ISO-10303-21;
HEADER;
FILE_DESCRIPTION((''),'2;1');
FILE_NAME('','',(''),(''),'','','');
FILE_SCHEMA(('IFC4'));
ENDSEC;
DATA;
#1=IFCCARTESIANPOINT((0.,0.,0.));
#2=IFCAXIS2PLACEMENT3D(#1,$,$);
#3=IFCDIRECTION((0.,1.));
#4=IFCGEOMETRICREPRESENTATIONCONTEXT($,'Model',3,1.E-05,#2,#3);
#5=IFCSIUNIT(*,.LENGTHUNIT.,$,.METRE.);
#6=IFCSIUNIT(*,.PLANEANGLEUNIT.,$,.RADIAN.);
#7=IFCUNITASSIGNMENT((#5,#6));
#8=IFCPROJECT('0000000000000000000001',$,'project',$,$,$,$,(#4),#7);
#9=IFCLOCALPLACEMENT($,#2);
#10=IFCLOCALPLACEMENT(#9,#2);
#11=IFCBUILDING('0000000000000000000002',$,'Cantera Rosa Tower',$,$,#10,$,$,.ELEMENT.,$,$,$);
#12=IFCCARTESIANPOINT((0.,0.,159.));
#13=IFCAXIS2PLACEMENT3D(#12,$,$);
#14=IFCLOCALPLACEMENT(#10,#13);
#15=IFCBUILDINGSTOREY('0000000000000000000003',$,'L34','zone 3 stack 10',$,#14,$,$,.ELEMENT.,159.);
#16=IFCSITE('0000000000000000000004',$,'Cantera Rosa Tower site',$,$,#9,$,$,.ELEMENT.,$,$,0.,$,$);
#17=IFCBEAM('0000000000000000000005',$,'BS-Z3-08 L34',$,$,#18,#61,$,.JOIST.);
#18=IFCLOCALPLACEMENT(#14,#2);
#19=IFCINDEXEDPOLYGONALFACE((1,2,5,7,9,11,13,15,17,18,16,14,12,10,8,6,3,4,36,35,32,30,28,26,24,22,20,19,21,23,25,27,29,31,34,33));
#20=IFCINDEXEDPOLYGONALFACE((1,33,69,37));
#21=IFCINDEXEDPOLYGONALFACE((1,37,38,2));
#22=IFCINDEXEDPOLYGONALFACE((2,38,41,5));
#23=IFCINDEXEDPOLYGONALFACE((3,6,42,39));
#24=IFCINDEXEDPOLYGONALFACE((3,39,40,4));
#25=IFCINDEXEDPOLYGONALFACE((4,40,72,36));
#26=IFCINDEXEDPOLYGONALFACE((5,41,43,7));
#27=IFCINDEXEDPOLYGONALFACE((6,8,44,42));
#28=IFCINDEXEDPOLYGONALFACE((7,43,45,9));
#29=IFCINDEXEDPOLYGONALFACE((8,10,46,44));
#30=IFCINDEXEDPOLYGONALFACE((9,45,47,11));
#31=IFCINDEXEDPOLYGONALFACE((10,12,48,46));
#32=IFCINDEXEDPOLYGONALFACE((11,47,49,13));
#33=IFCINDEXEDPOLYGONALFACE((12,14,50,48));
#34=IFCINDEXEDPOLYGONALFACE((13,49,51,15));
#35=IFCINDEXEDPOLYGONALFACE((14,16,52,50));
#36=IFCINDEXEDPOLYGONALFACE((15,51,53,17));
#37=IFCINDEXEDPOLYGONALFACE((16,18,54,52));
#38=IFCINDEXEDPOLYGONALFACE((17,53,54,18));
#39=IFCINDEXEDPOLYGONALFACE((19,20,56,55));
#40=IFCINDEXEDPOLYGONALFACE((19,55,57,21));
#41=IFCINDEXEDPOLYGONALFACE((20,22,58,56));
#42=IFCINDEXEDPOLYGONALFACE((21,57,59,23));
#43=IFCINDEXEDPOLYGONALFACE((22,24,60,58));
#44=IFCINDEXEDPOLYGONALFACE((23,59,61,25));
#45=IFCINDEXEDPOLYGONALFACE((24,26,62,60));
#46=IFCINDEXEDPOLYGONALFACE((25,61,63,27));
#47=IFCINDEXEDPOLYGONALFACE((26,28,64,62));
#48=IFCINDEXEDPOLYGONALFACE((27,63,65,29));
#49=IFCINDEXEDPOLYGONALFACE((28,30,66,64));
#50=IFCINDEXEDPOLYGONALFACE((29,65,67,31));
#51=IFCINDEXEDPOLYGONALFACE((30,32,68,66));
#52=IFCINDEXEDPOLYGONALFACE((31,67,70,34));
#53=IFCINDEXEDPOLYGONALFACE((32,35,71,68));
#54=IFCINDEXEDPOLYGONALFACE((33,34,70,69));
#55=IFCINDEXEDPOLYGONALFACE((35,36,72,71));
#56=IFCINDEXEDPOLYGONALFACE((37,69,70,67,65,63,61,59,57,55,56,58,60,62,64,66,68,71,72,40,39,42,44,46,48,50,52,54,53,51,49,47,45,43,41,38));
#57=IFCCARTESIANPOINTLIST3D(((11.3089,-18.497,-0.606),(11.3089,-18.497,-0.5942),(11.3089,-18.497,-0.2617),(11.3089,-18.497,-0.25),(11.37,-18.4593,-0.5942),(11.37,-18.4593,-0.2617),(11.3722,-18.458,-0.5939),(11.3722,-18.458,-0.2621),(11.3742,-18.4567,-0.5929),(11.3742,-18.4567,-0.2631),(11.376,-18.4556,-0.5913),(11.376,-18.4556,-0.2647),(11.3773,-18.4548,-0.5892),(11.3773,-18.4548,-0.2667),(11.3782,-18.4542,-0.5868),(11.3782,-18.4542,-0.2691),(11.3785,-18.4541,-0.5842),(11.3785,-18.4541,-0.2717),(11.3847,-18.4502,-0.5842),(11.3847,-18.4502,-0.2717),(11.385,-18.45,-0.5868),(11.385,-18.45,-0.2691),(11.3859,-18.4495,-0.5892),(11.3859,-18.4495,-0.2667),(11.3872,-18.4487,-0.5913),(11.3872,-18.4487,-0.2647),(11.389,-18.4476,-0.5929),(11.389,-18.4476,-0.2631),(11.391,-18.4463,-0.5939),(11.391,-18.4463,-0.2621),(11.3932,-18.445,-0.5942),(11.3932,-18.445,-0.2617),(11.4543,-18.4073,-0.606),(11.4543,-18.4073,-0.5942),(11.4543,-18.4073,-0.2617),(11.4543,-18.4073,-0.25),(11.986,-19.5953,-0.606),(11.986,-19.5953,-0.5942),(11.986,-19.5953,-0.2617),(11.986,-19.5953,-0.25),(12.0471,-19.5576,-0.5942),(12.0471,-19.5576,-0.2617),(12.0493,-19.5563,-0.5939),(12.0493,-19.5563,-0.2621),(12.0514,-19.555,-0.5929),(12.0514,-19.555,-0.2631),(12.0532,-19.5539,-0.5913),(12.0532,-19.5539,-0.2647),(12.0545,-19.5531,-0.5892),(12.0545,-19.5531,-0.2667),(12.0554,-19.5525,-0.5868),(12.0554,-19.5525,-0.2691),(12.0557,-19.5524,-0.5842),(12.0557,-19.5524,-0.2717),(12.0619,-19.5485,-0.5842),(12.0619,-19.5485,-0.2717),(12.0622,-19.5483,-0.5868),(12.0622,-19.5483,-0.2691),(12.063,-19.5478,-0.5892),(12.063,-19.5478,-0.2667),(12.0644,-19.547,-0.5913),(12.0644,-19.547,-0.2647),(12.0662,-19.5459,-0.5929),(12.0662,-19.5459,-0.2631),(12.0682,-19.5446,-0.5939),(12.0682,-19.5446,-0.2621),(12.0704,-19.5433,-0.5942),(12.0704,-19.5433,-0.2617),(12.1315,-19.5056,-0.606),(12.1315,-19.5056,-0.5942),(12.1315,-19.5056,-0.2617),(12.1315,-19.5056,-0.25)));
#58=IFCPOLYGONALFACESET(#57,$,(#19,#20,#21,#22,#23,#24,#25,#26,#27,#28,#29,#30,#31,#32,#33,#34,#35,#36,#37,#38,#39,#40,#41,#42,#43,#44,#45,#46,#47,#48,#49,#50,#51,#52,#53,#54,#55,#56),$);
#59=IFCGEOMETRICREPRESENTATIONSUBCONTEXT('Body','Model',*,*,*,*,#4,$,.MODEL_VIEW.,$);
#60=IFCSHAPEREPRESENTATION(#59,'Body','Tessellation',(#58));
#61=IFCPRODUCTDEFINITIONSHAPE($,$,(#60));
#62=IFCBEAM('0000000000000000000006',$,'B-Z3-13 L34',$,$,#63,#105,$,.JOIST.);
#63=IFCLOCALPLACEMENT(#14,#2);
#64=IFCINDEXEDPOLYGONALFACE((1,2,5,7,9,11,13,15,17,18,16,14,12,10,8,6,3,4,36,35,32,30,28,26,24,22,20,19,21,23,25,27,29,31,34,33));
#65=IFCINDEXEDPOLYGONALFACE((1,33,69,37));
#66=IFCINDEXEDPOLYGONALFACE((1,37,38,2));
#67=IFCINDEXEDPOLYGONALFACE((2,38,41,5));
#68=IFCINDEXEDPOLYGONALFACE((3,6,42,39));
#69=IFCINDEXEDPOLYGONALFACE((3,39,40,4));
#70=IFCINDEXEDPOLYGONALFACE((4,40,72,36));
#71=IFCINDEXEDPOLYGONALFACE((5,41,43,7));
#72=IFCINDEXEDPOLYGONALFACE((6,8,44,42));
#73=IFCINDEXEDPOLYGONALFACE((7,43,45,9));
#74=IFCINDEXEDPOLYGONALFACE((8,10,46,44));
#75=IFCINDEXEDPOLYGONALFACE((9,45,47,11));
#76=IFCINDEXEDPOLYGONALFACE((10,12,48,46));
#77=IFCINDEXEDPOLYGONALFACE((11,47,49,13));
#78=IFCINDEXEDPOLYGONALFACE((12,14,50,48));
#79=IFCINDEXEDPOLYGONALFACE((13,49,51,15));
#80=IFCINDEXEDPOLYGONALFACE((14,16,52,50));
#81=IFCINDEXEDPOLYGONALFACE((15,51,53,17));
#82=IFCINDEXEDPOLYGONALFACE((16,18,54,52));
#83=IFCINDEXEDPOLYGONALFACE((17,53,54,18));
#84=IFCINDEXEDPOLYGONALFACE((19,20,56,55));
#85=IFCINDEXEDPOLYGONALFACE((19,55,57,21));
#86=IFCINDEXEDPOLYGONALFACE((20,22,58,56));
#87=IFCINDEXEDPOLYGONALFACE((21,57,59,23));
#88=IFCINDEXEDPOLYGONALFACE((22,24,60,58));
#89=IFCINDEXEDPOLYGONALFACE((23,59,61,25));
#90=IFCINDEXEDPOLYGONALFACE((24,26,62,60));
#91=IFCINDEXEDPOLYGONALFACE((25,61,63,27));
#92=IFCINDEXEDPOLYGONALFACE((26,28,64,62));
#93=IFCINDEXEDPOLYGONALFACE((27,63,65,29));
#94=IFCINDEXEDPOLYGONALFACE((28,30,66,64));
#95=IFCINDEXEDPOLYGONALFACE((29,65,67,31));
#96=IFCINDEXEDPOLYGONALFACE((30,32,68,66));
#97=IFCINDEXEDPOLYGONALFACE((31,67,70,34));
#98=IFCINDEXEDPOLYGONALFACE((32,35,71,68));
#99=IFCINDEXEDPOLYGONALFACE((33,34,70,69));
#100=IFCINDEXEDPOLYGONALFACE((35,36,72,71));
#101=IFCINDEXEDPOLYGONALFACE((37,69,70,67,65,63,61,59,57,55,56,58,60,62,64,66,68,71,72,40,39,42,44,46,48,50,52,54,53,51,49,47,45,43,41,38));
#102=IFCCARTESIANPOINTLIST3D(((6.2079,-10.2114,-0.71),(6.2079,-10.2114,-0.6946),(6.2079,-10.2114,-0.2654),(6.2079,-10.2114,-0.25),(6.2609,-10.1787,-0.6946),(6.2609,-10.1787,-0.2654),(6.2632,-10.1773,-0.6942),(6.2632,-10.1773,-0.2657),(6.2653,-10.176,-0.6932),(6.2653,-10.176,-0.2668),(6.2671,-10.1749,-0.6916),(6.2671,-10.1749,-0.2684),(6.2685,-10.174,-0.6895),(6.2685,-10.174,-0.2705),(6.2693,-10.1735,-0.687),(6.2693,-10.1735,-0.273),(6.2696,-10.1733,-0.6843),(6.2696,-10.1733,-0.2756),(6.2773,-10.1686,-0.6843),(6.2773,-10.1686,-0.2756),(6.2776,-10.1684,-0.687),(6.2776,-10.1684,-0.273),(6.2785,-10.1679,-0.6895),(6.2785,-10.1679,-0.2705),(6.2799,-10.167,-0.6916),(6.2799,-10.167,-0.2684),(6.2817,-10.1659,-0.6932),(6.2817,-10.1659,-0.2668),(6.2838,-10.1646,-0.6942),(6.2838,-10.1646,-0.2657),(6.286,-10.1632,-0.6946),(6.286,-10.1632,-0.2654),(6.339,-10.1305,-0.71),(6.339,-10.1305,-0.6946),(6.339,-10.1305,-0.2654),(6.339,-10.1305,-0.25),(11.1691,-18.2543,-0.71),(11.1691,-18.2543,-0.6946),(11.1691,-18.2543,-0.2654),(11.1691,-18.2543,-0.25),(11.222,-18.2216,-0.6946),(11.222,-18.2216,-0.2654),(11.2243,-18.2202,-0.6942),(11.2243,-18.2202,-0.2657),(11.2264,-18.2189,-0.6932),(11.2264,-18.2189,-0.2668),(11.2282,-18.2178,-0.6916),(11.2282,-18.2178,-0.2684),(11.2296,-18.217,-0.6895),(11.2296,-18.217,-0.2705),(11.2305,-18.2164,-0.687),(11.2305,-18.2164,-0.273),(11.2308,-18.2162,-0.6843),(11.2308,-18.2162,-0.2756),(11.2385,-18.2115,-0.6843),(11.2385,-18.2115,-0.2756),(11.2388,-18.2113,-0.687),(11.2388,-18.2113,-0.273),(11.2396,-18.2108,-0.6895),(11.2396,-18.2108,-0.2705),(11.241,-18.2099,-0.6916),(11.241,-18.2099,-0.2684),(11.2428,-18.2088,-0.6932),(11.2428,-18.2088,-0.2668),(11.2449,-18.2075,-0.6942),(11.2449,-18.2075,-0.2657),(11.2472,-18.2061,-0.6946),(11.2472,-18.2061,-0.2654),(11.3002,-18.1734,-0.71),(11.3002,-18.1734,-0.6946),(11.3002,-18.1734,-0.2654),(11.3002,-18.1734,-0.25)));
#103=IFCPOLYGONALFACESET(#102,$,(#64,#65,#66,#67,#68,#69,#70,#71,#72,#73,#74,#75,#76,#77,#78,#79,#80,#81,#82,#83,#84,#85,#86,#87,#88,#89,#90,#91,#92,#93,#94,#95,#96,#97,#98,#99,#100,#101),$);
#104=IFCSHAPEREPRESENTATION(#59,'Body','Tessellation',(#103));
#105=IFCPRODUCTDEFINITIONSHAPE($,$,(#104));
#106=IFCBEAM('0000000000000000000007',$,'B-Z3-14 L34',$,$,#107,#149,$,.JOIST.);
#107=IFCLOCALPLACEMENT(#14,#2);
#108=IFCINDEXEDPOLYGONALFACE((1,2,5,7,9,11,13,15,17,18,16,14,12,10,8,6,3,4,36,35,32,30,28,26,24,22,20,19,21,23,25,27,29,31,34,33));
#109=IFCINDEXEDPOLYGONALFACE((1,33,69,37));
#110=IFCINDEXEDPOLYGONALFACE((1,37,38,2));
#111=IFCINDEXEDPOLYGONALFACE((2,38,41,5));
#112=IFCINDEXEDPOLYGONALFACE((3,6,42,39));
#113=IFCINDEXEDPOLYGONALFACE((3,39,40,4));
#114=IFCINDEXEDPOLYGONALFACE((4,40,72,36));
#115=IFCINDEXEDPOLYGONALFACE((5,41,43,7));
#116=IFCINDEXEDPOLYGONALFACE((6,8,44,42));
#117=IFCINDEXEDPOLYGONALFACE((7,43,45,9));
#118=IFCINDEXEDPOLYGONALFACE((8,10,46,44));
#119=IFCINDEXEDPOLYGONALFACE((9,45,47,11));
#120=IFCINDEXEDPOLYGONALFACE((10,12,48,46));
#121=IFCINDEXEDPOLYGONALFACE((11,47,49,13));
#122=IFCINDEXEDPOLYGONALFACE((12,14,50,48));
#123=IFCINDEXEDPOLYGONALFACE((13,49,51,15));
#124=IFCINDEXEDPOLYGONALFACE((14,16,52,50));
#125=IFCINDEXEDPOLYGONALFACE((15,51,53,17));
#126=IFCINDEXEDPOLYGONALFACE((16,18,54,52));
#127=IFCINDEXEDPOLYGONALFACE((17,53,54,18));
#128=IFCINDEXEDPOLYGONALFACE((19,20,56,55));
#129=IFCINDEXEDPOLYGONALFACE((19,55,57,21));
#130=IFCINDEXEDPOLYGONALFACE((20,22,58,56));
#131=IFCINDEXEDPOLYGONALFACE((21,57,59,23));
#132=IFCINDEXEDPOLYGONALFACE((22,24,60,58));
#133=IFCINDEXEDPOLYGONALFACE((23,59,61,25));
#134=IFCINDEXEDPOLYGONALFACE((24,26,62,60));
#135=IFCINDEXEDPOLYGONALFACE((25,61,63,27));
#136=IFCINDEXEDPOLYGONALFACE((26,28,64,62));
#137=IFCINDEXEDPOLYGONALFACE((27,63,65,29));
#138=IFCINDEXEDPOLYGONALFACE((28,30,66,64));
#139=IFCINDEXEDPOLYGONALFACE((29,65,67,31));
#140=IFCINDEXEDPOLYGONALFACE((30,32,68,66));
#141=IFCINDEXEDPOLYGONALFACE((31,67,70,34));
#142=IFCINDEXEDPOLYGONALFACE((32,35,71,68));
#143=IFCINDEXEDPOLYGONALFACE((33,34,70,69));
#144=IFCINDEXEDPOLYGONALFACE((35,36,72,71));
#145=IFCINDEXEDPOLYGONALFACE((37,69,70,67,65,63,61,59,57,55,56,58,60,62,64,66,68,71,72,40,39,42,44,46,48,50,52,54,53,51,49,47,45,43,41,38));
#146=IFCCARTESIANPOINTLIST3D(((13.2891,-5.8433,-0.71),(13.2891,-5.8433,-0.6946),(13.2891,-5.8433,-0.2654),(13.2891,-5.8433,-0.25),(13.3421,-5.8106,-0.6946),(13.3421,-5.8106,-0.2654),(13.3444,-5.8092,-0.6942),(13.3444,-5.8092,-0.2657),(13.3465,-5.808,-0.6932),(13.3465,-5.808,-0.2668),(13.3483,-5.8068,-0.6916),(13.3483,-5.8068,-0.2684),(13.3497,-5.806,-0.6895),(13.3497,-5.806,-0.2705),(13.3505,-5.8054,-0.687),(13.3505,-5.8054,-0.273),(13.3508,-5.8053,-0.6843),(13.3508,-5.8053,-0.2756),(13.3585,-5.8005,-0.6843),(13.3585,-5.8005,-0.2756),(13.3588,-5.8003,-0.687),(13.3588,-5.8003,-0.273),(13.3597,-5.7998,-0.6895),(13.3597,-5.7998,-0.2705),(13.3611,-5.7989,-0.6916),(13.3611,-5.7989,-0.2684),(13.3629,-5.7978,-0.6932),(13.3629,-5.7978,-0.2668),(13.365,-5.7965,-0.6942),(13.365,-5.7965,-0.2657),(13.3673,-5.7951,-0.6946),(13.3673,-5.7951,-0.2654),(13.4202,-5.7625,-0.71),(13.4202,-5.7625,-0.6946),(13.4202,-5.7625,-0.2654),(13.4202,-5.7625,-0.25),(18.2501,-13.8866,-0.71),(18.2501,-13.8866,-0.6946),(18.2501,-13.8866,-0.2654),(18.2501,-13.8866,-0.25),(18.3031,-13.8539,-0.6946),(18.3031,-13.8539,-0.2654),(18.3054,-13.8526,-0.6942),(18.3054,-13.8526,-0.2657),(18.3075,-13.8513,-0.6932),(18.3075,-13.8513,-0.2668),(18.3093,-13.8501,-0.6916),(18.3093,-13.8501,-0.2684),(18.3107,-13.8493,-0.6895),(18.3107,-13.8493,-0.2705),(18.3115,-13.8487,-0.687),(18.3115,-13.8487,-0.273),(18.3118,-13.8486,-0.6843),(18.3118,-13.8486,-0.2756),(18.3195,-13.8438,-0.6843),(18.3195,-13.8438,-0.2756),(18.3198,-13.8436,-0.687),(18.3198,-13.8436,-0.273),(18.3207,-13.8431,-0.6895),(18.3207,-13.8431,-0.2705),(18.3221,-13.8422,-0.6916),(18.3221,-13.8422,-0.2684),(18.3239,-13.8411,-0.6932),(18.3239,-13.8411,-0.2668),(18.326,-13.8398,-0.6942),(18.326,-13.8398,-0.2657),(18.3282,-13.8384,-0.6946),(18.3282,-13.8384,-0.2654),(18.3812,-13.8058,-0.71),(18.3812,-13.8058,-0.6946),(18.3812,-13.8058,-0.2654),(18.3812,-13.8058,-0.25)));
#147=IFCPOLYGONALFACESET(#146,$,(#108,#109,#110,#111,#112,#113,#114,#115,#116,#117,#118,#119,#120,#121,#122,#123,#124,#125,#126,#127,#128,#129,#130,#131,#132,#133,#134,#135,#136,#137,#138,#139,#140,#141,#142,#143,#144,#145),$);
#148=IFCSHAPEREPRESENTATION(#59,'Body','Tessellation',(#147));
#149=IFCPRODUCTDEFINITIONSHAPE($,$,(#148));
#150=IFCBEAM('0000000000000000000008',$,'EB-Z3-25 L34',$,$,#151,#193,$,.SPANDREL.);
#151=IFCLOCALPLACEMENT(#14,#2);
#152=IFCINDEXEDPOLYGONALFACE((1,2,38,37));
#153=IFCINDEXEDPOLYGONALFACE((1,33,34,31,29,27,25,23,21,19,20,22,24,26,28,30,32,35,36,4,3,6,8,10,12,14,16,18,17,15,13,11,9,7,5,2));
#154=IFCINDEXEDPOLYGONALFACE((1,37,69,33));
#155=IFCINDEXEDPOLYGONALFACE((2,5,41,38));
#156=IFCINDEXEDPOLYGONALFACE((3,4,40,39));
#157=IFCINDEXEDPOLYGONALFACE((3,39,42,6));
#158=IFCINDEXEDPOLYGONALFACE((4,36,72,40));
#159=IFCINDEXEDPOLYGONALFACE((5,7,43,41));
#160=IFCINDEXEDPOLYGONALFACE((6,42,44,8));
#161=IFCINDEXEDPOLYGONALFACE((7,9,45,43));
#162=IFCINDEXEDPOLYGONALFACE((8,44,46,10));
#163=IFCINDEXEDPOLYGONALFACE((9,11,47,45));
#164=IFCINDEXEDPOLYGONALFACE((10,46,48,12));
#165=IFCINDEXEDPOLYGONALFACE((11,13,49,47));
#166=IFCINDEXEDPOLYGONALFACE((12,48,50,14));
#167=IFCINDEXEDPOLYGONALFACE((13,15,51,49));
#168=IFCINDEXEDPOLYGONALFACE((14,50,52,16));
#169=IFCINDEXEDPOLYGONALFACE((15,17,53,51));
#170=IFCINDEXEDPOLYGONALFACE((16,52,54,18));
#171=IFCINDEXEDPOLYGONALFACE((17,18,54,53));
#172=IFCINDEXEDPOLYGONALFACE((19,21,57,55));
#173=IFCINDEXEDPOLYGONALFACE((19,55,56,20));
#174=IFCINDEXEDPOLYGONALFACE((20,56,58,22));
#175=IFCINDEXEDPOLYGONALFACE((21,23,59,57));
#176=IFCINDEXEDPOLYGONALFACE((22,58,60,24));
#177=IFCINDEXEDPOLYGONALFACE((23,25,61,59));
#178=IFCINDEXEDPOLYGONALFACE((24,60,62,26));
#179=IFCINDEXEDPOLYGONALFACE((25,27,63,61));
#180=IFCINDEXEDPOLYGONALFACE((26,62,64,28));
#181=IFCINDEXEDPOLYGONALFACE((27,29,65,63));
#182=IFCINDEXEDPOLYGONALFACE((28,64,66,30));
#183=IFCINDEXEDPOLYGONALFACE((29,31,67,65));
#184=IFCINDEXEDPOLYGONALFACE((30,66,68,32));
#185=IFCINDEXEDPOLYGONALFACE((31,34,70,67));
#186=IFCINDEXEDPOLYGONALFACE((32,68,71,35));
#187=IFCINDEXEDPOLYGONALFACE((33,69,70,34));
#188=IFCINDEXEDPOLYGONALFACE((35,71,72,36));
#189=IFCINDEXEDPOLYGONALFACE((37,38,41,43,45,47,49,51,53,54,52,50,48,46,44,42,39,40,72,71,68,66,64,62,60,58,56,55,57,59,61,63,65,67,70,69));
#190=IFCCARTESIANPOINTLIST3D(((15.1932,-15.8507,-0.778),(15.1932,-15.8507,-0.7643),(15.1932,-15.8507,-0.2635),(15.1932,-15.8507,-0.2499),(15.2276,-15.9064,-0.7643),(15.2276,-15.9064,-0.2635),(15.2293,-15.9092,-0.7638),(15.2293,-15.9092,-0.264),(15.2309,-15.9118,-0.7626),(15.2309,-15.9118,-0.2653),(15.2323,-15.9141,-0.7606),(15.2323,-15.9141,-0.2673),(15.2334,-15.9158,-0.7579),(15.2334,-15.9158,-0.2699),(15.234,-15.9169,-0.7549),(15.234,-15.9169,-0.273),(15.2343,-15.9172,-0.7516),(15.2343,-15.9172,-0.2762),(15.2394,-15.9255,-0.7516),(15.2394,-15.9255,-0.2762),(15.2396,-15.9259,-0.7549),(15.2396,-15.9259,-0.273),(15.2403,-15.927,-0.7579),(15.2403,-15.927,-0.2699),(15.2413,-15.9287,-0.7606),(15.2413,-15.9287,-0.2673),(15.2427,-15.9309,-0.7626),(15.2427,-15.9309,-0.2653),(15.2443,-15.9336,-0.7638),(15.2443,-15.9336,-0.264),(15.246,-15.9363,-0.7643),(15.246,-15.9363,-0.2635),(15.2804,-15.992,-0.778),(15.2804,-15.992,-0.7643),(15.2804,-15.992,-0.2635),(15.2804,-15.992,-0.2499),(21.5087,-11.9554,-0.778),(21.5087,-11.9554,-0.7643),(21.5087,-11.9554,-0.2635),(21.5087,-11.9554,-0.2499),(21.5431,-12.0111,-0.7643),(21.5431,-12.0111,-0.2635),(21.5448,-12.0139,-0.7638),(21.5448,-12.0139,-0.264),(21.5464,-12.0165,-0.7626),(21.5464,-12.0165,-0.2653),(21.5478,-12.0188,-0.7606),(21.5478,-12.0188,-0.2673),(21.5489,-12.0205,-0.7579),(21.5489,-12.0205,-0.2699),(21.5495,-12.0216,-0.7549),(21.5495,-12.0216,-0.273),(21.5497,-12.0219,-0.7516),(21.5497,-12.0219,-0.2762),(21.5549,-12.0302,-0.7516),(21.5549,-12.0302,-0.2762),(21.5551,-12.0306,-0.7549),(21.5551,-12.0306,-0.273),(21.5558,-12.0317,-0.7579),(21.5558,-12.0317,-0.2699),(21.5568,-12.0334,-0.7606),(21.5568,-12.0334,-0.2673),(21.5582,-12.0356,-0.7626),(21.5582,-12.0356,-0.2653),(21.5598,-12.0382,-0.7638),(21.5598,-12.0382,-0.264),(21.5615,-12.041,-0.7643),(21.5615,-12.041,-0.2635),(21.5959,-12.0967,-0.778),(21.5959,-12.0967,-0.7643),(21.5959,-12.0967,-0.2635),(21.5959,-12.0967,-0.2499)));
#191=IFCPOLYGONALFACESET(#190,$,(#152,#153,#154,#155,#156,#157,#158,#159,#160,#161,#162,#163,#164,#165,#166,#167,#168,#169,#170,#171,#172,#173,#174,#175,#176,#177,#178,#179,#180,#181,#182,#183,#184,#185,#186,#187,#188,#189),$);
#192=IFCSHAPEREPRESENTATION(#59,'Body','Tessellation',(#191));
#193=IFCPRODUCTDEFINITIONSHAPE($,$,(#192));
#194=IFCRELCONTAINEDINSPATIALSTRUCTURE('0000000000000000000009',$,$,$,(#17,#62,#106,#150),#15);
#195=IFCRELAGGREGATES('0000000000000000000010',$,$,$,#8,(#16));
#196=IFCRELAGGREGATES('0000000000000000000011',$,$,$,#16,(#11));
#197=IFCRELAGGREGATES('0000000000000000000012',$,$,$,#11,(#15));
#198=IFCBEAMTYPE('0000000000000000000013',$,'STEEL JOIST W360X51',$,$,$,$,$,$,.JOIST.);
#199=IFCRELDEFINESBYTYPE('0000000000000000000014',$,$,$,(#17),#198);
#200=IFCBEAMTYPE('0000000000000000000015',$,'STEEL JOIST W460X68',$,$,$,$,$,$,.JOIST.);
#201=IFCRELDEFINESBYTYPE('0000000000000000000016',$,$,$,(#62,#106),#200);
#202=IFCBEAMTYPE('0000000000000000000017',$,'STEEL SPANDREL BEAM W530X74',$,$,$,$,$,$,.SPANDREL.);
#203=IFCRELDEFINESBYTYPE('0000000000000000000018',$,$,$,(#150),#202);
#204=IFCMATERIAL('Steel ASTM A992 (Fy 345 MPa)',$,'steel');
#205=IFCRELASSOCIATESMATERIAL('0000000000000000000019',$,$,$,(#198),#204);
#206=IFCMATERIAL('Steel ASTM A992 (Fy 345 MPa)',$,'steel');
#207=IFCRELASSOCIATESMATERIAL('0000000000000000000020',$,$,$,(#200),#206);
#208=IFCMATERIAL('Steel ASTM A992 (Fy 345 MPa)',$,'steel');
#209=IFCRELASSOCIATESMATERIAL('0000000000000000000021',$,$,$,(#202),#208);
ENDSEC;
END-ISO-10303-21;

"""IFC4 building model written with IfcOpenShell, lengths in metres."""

from ifc_helpers import new_model, si_unit, direction, frame, origin, origin_2d, place, context, subcontext, project, spatial, i_section, extrude, material, material_profile, profile_set, type_object, element, save


model = new_model("IFC4")

# Units and contexts
model_context = context("Model", 3, precision=1e-05, world=origin(), true_north=direction((0.0, 1.0)))
body_context = subcontext(model_context, "Body", "Model", "MODEL_VIEW")
ifc_project = project(units=[si_unit("LENGTHUNIT", "METRE"), si_unit("PLANEANGLEUNIT", "RADIAN")], contexts=[model_context])

# Site, building, storey
site_placement = place(None, origin())
site = spatial("IfcSite", under=ifc_project, at=site_placement, Name="Cantera Rosa Tower site", CompositionType="ELEMENT", RefElevation=0.0)
building_placement = place(site_placement, origin())
building = spatial("IfcBuilding", under=site, at=building_placement, Name="Cantera Rosa Tower", CompositionType="ELEMENT")
storey_placement = place(building_placement, frame((0.0, 0.0, 159.0)))
storey = spatial("IfcBuildingStorey", under=building, at=storey_placement, Name="L34", Description="zone 3 stack 10", CompositionType="ELEMENT", Elevation=159.0)

# Beams
ifc_material_1 = material(Name="Steel ASTM A992 (Fy 345 MPa)", Category="steel")
ifc_material_profile_1 = material_profile(ifc_material_1, i_section(OverallWidth=0.1709, OverallDepth=0.356, WebThickness=0.0073, FlangeThickness=0.0117, FilletRadius=0.01, at=origin_2d()), Name="W360X51")
ifc_profile_set_1 = profile_set([ifc_material_profile_1], Name="Steel ASTM A992 (Fy 345 MPa)")
beam_type_1 = type_object("IfcBeamType", Name="STEEL JOIST W360X51", PredefinedType="JOIST", material=ifc_profile_set_1)
beam_1_placement = place(storey_placement, frame((11.3816, -18.4521, -0.428), z_axis=(0.524836, -0.851203, 0.0), x_axis=(0.851203, 0.524836, 0.0)))
element("IfcBeam", 1, at=beam_1_placement, inside=storey, type_object=beam_type_1, Name="BS-Z3-08 L34", PredefinedType="JOIST", context=body_context, shape_type="SweptSolid", body=[
    extrude(i_section(OverallWidth=0.1709, OverallDepth=0.356, WebThickness=0.0073, FlangeThickness=0.0117, FilletRadius=0.01, at=origin_2d()), origin(), (0.0, 0.0, 1.0), 1.2903),
])
ifc_material_2 = material(Name="Steel ASTM A992 (Fy 345 MPa)", Category="steel")
ifc_material_profile_2 = material_profile(ifc_material_2, i_section(OverallWidth=0.1541, OverallDepth=0.46, WebThickness=0.009, FlangeThickness=0.0154, FilletRadius=0.0103, at=origin_2d()), Name="W460X68")
ifc_profile_set_2 = profile_set([ifc_material_profile_2], Name="Steel ASTM A992 (Fy 345 MPa)")
beam_type_2 = type_object("IfcBeamType", Name="STEEL JOIST W460X68", PredefinedType="JOIST", material=ifc_profile_set_2)
beam_2_placement = place(storey_placement, frame((11.2346, -18.2139, -0.48), z_axis=(-0.524992, 0.851107, 0.0), x_axis=(-0.851107, -0.524992, 0.0)))
element("IfcBeam", 2, at=beam_2_placement, inside=storey, type_object=beam_type_2, Name="B-Z3-13 L34", PredefinedType="JOIST", context=body_context, shape_type="SweptSolid", body=[
    extrude(i_section(OverallWidth=0.1541, OverallDepth=0.46, WebThickness=0.009, FlangeThickness=0.0154, FilletRadius=0.0103, at=origin_2d()), origin(), (0.0, 0.0, 1.0), 9.45),
])
beam_3_placement = place(storey_placement, frame((18.3157, -13.8462, -0.48), z_axis=(-0.524962, 0.851126, 0.0), x_axis=(-0.851126, -0.524962, 0.0)))
element("IfcBeam", 3, at=beam_3_placement, inside=storey, type_object=beam_type_2, Name="B-Z3-14 L34", PredefinedType="JOIST", context=body_context, shape_type="SweptSolid", body=[
    extrude(i_section(OverallWidth=0.1541, OverallDepth=0.46, WebThickness=0.009, FlangeThickness=0.0154, FilletRadius=0.0103, at=origin_2d()), origin(), (0.0, 0.0, 1.0), 9.4502),
])
ifc_material_3 = material(Name="Steel ASTM A992 (Fy 345 MPa)", Category="steel")
ifc_material_profile_3 = material_profile(ifc_material_3, i_section(OverallWidth=0.166, OverallDepth=0.5281, WebThickness=0.0098, FlangeThickness=0.0137, FilletRadius=0.0127, at=origin_2d()), Name="W530X74")
ifc_profile_set_3 = profile_set([ifc_material_profile_3], Name="Steel ASTM A992 (Fy 345 MPa)")
beam_type_3 = type_object("IfcBeamType", Name="STEEL SPANDREL BEAM W530X74", PredefinedType="SPANDREL", material=ifc_profile_set_3)
beam_4_placement = place(storey_placement, frame((15.2368, -15.9214, -0.5139), z_axis=(0.851126, 0.524962, 0.0), x_axis=(-0.524962, 0.851126, 0.0)))
element("IfcBeam", 4, at=beam_4_placement, inside=storey, type_object=beam_type_3, Name="EB-Z3-25 L34", PredefinedType="SPANDREL", context=body_context, shape_type="SweptSolid", body=[
    extrude(i_section(OverallWidth=0.166, OverallDepth=0.5281, WebThickness=0.0098, FlangeThickness=0.0137, FilletRadius=0.0127, at=origin_2d()), origin(), (0.0, 0.0, 1.0), 7.4202),
])

save(model, "model.ifc")
